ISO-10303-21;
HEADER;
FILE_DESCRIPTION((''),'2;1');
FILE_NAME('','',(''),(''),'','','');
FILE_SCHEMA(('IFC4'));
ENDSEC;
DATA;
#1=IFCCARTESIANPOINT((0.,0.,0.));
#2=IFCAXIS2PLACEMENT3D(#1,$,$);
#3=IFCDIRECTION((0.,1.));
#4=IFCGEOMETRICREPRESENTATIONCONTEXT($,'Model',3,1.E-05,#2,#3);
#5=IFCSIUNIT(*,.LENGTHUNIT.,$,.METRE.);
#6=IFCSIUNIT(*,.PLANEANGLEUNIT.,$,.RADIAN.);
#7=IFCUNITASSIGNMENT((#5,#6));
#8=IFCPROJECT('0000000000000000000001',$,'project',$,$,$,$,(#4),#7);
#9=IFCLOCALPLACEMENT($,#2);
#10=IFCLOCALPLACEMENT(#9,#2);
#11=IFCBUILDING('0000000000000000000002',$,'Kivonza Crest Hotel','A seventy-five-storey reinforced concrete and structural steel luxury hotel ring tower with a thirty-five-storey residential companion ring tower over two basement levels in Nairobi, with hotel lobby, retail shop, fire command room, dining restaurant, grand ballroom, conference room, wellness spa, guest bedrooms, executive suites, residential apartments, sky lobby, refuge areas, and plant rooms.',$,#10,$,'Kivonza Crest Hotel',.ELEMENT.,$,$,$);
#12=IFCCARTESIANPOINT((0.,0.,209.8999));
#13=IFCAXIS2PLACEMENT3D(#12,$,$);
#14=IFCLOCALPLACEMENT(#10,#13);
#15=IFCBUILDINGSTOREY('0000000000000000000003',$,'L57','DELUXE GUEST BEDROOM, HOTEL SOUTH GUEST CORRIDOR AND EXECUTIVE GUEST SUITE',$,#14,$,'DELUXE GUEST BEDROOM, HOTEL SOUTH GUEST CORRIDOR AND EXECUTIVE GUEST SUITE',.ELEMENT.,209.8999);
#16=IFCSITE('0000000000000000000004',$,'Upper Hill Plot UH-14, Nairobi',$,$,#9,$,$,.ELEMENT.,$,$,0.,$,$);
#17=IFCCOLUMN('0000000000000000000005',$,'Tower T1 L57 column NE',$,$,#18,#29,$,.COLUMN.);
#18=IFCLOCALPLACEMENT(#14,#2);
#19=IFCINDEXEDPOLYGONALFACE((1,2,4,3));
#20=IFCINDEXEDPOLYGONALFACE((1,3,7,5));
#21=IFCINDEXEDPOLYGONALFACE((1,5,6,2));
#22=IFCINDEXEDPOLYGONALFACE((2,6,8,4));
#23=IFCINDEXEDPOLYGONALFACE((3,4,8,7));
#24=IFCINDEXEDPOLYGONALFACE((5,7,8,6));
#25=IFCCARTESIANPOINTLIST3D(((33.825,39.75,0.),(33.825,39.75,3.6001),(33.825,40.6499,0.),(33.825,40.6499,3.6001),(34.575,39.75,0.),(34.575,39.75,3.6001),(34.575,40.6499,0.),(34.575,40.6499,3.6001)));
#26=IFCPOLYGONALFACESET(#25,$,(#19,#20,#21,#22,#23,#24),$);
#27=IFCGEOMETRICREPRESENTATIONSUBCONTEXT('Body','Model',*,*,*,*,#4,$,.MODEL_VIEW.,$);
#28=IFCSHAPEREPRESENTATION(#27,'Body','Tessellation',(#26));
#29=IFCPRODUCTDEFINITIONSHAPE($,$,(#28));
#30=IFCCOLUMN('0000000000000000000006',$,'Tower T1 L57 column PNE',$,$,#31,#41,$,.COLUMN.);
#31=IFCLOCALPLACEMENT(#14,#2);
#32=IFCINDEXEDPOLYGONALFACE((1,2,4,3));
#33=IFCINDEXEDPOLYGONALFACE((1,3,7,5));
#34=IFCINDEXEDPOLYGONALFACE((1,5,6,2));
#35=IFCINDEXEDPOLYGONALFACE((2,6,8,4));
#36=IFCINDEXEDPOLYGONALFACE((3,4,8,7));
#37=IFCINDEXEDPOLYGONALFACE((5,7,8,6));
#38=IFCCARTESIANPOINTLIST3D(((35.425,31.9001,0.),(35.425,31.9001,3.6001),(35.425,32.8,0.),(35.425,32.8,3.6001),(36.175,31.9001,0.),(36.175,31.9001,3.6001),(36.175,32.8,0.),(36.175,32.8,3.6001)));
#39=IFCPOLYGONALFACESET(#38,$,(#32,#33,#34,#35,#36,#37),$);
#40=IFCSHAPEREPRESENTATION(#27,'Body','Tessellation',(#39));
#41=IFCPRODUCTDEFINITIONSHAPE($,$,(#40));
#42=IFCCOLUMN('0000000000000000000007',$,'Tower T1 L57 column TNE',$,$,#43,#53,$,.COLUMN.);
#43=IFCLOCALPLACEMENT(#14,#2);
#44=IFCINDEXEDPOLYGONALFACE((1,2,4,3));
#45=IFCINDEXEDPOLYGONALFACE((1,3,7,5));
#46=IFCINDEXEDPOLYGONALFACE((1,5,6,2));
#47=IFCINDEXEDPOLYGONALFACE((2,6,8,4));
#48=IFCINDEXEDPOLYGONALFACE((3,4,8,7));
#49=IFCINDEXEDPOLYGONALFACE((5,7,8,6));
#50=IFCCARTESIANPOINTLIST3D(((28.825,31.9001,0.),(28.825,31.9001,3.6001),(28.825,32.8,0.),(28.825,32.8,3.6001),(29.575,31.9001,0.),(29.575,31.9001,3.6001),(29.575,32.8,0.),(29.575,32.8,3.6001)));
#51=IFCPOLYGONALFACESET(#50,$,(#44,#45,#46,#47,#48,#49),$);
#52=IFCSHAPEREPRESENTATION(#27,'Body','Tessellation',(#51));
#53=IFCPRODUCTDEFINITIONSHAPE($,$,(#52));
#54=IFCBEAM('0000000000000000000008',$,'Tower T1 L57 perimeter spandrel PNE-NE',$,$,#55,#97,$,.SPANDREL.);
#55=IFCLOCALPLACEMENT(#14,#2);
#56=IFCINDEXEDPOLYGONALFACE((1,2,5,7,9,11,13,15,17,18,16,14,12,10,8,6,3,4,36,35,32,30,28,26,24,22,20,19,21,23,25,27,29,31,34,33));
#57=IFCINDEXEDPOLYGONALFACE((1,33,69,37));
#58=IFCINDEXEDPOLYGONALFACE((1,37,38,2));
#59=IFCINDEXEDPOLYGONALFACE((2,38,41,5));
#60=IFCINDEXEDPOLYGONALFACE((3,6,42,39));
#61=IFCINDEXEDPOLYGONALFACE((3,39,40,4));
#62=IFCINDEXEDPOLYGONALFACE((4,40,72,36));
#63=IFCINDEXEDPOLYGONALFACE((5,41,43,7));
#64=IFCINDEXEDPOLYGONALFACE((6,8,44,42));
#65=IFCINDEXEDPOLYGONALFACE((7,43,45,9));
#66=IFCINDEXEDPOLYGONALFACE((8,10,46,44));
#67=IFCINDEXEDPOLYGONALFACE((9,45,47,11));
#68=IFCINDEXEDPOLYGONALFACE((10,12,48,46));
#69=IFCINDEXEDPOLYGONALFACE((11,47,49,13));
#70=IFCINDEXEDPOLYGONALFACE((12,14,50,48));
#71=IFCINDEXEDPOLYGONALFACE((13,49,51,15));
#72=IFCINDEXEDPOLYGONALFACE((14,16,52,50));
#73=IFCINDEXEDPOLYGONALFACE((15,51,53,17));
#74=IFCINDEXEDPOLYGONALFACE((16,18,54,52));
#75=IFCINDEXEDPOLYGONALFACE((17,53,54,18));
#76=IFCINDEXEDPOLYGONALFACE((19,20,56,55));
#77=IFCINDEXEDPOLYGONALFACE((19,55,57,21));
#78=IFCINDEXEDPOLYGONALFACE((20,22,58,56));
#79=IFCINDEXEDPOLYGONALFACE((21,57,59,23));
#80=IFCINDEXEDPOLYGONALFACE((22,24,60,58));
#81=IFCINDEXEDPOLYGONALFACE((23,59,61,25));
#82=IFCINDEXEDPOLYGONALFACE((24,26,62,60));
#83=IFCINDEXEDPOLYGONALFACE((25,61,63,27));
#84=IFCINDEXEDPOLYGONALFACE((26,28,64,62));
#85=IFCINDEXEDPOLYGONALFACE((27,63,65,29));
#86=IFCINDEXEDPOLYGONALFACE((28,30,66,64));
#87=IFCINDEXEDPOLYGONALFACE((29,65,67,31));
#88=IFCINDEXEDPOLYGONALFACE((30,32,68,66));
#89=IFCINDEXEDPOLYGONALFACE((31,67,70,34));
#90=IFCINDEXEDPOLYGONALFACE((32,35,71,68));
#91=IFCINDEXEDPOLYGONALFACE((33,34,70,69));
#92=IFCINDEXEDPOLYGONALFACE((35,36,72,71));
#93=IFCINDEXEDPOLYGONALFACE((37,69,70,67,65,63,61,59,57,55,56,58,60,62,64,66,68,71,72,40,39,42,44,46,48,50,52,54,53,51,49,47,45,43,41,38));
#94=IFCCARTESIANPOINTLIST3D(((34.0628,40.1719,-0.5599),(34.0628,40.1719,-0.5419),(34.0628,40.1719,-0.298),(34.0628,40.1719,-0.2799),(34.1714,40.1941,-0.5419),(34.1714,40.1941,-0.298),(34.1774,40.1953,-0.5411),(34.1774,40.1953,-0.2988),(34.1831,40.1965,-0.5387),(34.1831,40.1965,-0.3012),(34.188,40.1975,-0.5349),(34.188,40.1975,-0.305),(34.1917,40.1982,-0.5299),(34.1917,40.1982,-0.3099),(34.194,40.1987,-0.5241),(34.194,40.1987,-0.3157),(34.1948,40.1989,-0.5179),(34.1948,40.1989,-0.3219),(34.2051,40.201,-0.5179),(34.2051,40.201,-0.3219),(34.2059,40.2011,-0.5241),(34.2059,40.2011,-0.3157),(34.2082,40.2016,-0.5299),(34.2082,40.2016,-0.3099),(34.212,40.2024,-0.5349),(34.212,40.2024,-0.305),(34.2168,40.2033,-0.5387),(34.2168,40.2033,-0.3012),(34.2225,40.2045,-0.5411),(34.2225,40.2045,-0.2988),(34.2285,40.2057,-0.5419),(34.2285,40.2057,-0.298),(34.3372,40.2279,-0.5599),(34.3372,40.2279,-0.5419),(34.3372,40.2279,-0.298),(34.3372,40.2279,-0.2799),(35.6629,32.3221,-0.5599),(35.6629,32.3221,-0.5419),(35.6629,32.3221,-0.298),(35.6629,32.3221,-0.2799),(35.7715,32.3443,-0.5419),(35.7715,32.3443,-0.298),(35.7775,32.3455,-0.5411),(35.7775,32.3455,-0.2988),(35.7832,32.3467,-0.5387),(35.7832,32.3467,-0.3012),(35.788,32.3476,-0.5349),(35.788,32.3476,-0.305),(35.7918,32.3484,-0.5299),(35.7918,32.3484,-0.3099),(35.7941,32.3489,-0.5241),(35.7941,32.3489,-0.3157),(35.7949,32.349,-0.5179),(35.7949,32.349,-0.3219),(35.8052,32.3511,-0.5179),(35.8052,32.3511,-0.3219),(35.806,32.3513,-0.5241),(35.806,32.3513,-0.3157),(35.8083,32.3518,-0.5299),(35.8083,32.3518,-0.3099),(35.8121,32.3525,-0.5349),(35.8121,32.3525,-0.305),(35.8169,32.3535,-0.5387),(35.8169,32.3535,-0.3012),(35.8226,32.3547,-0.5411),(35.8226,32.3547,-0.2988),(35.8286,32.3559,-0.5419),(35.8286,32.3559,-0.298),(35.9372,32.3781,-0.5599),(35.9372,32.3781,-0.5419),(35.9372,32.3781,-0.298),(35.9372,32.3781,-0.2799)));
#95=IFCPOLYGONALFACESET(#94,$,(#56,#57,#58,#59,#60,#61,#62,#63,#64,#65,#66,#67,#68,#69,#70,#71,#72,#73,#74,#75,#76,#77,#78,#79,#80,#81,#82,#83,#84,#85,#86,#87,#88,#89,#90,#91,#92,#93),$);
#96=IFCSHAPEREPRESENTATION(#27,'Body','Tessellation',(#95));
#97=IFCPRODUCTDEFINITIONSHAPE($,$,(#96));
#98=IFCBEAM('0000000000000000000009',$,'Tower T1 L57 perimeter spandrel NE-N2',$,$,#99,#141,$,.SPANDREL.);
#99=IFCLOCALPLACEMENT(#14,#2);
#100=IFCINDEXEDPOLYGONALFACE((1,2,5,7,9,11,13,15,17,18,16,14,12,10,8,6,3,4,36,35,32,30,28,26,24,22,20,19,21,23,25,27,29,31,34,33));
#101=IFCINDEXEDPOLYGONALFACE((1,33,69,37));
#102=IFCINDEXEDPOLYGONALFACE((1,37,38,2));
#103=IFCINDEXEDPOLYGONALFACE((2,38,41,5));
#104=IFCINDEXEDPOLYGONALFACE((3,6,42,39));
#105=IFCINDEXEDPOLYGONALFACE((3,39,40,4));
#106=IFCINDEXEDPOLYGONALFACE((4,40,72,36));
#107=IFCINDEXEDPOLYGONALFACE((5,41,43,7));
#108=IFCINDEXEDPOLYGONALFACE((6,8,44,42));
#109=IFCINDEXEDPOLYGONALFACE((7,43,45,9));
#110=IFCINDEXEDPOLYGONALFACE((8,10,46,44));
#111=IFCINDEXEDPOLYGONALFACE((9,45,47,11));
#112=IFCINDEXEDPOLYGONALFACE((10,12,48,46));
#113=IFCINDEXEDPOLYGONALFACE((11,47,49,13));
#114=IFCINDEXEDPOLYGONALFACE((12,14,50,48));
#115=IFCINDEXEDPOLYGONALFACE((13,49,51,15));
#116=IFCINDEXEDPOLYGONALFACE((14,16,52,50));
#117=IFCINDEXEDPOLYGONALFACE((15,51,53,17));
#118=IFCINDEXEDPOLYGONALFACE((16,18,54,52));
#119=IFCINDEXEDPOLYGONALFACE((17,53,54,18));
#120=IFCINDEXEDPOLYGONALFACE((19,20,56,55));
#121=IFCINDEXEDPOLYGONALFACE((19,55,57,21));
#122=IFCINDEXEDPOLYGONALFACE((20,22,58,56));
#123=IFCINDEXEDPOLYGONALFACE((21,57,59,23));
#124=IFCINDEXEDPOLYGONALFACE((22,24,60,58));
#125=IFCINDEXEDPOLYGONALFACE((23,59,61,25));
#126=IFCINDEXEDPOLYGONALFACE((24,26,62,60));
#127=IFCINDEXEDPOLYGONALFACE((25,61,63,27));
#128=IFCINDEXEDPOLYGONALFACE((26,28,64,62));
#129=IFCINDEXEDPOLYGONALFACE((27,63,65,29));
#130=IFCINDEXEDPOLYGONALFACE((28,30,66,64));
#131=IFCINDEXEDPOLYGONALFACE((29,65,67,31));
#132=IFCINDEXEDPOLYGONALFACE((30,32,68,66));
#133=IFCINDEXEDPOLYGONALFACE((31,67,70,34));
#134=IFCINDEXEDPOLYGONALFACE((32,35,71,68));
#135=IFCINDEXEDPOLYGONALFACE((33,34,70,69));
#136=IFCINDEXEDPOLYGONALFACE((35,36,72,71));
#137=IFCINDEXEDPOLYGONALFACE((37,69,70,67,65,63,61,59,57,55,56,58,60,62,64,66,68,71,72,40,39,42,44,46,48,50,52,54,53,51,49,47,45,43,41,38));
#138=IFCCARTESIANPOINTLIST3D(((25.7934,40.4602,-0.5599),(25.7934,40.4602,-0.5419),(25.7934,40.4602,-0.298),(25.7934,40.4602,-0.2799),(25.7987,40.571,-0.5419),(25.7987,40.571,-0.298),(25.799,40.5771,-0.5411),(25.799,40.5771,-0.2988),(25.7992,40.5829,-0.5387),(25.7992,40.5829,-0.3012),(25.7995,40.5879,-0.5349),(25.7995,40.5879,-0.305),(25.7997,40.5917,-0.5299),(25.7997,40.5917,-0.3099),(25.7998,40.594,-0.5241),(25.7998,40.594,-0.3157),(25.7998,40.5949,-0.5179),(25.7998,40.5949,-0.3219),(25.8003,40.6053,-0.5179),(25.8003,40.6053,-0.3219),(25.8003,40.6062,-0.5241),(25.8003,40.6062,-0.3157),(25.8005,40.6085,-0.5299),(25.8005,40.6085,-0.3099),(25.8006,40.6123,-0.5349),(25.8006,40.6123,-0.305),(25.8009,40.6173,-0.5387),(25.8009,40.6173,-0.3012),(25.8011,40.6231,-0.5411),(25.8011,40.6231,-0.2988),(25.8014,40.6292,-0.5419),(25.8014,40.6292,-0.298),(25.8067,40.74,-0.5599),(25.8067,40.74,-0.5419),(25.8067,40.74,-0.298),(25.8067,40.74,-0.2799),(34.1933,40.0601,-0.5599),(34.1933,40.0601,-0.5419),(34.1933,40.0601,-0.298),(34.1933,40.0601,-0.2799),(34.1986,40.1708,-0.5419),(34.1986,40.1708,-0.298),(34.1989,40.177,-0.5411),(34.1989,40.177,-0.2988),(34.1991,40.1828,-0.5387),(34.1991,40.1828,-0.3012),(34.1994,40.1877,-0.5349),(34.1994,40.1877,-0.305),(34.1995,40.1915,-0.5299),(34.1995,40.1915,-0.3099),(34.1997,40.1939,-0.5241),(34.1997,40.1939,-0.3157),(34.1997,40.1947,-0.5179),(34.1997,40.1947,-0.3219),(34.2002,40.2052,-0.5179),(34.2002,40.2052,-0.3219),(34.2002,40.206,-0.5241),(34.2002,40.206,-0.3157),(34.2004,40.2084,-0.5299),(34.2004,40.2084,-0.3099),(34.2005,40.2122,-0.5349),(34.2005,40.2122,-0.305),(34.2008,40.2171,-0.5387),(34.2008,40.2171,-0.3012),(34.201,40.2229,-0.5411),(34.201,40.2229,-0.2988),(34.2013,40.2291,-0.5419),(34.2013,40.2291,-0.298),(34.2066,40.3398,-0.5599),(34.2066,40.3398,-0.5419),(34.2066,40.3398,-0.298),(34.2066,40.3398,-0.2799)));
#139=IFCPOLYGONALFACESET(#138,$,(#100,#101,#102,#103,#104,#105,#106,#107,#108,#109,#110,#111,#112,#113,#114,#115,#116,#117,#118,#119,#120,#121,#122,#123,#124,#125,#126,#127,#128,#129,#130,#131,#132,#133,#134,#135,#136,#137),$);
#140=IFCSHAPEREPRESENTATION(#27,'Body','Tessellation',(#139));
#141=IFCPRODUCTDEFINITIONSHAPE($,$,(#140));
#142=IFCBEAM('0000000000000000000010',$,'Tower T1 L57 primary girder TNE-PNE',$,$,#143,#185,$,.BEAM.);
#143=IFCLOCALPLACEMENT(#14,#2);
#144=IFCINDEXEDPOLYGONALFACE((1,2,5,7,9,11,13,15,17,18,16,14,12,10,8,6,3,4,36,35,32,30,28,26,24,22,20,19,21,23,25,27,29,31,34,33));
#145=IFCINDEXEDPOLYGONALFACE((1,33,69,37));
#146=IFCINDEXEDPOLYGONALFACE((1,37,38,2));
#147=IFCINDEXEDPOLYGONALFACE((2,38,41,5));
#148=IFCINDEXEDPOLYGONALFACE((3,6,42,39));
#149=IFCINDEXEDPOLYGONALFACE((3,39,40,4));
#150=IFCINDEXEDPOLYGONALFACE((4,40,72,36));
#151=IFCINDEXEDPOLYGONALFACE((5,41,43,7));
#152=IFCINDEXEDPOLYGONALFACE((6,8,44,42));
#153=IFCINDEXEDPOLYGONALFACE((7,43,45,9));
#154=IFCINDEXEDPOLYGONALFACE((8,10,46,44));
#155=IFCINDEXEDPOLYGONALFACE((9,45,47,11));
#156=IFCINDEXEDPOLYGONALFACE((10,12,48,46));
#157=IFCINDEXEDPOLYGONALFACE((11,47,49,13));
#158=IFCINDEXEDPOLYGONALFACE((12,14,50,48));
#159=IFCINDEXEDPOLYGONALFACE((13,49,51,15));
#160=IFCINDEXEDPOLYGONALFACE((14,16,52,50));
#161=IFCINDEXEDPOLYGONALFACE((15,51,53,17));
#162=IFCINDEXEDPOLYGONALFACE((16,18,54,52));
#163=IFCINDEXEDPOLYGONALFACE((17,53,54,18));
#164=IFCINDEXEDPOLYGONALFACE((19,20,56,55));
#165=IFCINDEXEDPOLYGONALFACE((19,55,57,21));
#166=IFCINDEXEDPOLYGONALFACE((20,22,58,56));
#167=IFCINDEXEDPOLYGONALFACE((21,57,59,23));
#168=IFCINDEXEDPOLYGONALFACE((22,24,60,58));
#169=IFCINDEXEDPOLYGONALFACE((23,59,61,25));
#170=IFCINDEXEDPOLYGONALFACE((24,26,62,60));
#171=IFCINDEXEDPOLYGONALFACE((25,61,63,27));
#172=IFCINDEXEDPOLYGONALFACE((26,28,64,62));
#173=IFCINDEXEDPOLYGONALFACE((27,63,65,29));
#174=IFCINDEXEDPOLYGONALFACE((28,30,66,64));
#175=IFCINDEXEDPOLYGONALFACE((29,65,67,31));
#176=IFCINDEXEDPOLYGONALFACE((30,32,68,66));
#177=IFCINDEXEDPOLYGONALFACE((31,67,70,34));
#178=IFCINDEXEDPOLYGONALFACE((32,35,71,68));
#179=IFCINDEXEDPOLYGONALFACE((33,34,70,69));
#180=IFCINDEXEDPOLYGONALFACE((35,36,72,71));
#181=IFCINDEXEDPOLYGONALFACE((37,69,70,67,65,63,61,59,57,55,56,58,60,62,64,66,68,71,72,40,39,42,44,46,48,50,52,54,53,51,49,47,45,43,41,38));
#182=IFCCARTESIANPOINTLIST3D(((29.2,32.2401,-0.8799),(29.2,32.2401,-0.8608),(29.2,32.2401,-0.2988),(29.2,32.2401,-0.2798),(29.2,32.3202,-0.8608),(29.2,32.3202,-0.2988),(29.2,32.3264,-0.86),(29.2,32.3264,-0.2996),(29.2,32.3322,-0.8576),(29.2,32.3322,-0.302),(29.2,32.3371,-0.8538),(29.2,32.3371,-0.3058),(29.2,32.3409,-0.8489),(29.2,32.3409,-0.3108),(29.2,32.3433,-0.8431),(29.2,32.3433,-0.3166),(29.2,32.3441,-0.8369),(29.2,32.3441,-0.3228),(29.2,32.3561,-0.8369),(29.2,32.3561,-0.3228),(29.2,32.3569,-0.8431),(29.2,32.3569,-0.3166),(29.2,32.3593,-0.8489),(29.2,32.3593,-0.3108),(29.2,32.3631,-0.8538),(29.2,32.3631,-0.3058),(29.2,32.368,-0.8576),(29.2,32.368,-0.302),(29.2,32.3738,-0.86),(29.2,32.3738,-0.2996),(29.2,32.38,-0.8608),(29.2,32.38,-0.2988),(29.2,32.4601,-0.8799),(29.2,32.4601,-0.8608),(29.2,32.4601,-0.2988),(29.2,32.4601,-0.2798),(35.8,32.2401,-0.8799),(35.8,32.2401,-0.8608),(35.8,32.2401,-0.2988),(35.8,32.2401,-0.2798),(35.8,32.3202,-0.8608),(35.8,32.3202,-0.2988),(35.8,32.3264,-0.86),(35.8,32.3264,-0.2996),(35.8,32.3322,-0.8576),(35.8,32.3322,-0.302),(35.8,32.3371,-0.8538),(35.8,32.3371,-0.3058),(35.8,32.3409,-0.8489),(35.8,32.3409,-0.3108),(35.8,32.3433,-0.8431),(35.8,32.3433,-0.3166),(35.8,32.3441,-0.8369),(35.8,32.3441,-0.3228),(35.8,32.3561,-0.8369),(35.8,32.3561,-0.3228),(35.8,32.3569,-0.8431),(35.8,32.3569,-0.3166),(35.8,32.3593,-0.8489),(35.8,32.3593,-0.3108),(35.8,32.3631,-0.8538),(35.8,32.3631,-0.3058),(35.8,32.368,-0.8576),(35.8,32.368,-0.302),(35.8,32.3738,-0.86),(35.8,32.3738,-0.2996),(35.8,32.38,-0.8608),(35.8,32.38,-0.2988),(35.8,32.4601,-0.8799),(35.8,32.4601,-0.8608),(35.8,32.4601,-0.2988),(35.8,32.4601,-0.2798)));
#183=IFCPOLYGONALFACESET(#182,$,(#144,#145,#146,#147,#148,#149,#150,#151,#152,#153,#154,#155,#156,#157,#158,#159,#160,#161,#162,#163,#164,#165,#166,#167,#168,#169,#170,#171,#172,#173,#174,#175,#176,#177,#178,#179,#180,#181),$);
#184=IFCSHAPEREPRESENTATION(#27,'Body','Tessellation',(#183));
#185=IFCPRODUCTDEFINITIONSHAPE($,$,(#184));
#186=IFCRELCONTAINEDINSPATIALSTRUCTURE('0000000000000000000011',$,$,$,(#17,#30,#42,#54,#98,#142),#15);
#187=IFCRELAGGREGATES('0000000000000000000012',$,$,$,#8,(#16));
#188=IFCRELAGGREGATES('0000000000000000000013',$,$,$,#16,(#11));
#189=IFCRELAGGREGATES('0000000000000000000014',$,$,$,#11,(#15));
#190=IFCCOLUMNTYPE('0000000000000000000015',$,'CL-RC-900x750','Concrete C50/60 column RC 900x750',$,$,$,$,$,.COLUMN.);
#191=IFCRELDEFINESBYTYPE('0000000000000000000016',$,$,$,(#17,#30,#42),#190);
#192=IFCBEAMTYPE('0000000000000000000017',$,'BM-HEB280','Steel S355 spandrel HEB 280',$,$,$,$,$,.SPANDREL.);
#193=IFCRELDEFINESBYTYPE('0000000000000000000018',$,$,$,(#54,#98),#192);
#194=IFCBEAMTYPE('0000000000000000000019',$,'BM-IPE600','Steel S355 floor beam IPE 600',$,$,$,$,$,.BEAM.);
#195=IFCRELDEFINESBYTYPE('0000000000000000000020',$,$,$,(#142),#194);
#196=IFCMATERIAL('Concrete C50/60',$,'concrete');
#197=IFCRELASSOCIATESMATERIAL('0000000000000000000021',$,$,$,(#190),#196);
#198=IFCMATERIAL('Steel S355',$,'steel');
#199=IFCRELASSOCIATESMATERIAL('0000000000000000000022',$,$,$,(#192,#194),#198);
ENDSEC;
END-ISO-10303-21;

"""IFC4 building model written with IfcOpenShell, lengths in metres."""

from ifc_helpers import new_model, si_unit, direction, frame, origin, origin_2d, place, context, subcontext, project, spatial, rectangle, i_section, extrude, material, material_profile, profile_set, type_object, element, save


model = new_model("IFC4")

# Units and contexts
model_context = context("Model", 3, precision=1e-05, world=origin(), true_north=direction((0.0, 1.0)))
body_context = subcontext(model_context, "Body", "Model", "MODEL_VIEW")
ifc_project = project(units=[si_unit("LENGTHUNIT", "METRE"), si_unit("PLANEANGLEUNIT", "RADIAN")], contexts=[model_context])

# Site, building, storey
site_placement = place(None, origin())
site = spatial("IfcSite", under=ifc_project, at=site_placement, Name="Upper Hill Plot UH-14, Nairobi", CompositionType="ELEMENT", RefElevation=0.0)
building_placement = place(site_placement, origin())
building = spatial("IfcBuilding", under=site, at=building_placement, Name="Kivonza Crest Hotel", Description="A seventy-five-storey reinforced concrete and structural steel luxury hotel ring tower with a thirty-five-storey residential companion ring tower over two basement levels in Nairobi, with hotel lobby, retail shop, fire command room, dining restaurant, grand ballroom, conference room, wellness spa, guest bedrooms, executive suites, residential apartments, sky lobby, refuge areas, and plant rooms.", LongName="Kivonza Crest Hotel", CompositionType="ELEMENT")
storey_placement = place(building_placement, frame((0.0, 0.0, 209.8999)))
storey = spatial("IfcBuildingStorey", under=building, at=storey_placement, Name="L57", Description="DELUXE GUEST BEDROOM, HOTEL SOUTH GUEST CORRIDOR AND EXECUTIVE GUEST SUITE", LongName="DELUXE GUEST BEDROOM, HOTEL SOUTH GUEST CORRIDOR AND EXECUTIVE GUEST SUITE", CompositionType="ELEMENT", Elevation=209.8999)

# Columns
ifc_material_1 = material(Name="Concrete C50/60", Category="concrete")
ifc_material_profile_1 = material_profile(ifc_material_1, rectangle(XDim=0.75, YDim=0.8999, at=origin_2d()), Name="RC 900x750")
ifc_profile_set_1 = profile_set([ifc_material_profile_1], Name="Concrete C50/60")
column_type = type_object("IfcColumnType", Name="CL-RC-900x750", Description="Concrete C50/60 column RC 900x750", PredefinedType="COLUMN", material=ifc_profile_set_1)
for number, where, z_axis, x_axis, name in (
    (1, (34.2, 40.2, 0.0), (0.0, 0.0, 1.0), (1.0, 0.0, 0.0), "Tower T1 L57 column NE"),
    (2, (35.8, 32.3501, 0.0), (0.0, 0.0, 1.0), (1.0, 0.0, 0.0), "Tower T1 L57 column PNE"),
    (3, (29.2, 32.3501, 0.0), (0.0, 0.0, 1.0), (1.0, 0.0, 0.0), "Tower T1 L57 column TNE"),
):
    element("IfcColumn", number, at=place(storey_placement, frame(where, z_axis=z_axis, x_axis=x_axis)), inside=storey, type_object=column_type, Name=name, PredefinedType="COLUMN", context=body_context, shape_type="SweptSolid", body=[
        extrude(rectangle(XDim=0.75, YDim=0.8999, at=origin_2d()), origin(), (0.0, 0.0, 1.0), 3.6001),
    ])

# Beams
ifc_material_2 = material(Name="Steel S355", Category="steel")
ifc_material_profile_2 = material_profile(ifc_material_2, i_section(OverallWidth=0.28, OverallDepth=0.28, WebThickness=0.0105, FlangeThickness=0.0181, FilletRadius=0.0239, at=origin_2d()), Name="HEB 280")
ifc_profile_set_2 = profile_set([ifc_material_profile_2], Name="Steel S355")
beam_type_1 = type_object("IfcBeamType", Name="BM-HEB280", Description="Steel S355 spandrel HEB 280", PredefinedType="SPANDREL", material=ifc_profile_set_2)
beam_1_placement = place(storey_placement, frame((35.8, 32.3501, -0.4199), z_axis=(-0.199731, 0.979851, 0.0), x_axis=(-0.979851, -0.199731, 0.0)))
element("IfcBeam", 4, at=beam_1_placement, inside=storey, type_object=beam_type_1, Name="Tower T1 L57 perimeter spandrel PNE-NE", PredefinedType="SPANDREL", context=body_context, shape_type="SweptSolid", body=[
    extrude(i_section(OverallWidth=0.28, OverallDepth=0.28, WebThickness=0.0105, FlangeThickness=0.0181, FilletRadius=0.0239, at=origin_2d()), origin(), (0.0, 0.0, 1.0), 8.0112),
])
beam_2_placement = place(storey_placement, frame((34.2, 40.2, -0.4199), z_axis=(-0.998867, 0.047583, 0.0), x_axis=(-0.047583, -0.998867, 0.0)))
element("IfcBeam", 5, at=beam_2_placement, inside=storey, type_object=beam_type_1, Name="Tower T1 L57 perimeter spandrel NE-N2", PredefinedType="SPANDREL", context=body_context, shape_type="SweptSolid", body=[
    extrude(i_section(OverallWidth=0.28, OverallDepth=0.28, WebThickness=0.0105, FlangeThickness=0.0181, FilletRadius=0.0239, at=origin_2d()), origin(), (0.0, 0.0, 1.0), 8.4094),
])
ifc_material_profile_3 = material_profile(ifc_material_2, i_section(OverallWidth=0.22, OverallDepth=0.6001, WebThickness=0.012, FlangeThickness=0.019, FilletRadius=0.0239, at=origin_2d()), Name="IPE 600")
ifc_profile_set_3 = profile_set([ifc_material_profile_3], Name="Steel S355")
beam_type_2 = type_object("IfcBeamType", Name="BM-IPE600", Description="Steel S355 floor beam IPE 600", PredefinedType="BEAM", material=ifc_profile_set_3)
beam_3_placement = place(storey_placement, frame((29.2, 32.3501, -0.5798), z_axis=(1.0, 0.0, 0.0), x_axis=(0.0, 1.0, 0.0)))
element("IfcBeam", 6, at=beam_3_placement, inside=storey, type_object=beam_type_2, Name="Tower T1 L57 primary girder TNE-PNE", PredefinedType="BEAM", context=body_context, shape_type="SweptSolid", body=[
    extrude(i_section(OverallWidth=0.22, OverallDepth=0.6001, WebThickness=0.012, FlangeThickness=0.019, FilletRadius=0.0239, at=origin_2d()), origin(), (0.0, 0.0, 1.0), 6.6001),
])

save(model, "model.ifc")
